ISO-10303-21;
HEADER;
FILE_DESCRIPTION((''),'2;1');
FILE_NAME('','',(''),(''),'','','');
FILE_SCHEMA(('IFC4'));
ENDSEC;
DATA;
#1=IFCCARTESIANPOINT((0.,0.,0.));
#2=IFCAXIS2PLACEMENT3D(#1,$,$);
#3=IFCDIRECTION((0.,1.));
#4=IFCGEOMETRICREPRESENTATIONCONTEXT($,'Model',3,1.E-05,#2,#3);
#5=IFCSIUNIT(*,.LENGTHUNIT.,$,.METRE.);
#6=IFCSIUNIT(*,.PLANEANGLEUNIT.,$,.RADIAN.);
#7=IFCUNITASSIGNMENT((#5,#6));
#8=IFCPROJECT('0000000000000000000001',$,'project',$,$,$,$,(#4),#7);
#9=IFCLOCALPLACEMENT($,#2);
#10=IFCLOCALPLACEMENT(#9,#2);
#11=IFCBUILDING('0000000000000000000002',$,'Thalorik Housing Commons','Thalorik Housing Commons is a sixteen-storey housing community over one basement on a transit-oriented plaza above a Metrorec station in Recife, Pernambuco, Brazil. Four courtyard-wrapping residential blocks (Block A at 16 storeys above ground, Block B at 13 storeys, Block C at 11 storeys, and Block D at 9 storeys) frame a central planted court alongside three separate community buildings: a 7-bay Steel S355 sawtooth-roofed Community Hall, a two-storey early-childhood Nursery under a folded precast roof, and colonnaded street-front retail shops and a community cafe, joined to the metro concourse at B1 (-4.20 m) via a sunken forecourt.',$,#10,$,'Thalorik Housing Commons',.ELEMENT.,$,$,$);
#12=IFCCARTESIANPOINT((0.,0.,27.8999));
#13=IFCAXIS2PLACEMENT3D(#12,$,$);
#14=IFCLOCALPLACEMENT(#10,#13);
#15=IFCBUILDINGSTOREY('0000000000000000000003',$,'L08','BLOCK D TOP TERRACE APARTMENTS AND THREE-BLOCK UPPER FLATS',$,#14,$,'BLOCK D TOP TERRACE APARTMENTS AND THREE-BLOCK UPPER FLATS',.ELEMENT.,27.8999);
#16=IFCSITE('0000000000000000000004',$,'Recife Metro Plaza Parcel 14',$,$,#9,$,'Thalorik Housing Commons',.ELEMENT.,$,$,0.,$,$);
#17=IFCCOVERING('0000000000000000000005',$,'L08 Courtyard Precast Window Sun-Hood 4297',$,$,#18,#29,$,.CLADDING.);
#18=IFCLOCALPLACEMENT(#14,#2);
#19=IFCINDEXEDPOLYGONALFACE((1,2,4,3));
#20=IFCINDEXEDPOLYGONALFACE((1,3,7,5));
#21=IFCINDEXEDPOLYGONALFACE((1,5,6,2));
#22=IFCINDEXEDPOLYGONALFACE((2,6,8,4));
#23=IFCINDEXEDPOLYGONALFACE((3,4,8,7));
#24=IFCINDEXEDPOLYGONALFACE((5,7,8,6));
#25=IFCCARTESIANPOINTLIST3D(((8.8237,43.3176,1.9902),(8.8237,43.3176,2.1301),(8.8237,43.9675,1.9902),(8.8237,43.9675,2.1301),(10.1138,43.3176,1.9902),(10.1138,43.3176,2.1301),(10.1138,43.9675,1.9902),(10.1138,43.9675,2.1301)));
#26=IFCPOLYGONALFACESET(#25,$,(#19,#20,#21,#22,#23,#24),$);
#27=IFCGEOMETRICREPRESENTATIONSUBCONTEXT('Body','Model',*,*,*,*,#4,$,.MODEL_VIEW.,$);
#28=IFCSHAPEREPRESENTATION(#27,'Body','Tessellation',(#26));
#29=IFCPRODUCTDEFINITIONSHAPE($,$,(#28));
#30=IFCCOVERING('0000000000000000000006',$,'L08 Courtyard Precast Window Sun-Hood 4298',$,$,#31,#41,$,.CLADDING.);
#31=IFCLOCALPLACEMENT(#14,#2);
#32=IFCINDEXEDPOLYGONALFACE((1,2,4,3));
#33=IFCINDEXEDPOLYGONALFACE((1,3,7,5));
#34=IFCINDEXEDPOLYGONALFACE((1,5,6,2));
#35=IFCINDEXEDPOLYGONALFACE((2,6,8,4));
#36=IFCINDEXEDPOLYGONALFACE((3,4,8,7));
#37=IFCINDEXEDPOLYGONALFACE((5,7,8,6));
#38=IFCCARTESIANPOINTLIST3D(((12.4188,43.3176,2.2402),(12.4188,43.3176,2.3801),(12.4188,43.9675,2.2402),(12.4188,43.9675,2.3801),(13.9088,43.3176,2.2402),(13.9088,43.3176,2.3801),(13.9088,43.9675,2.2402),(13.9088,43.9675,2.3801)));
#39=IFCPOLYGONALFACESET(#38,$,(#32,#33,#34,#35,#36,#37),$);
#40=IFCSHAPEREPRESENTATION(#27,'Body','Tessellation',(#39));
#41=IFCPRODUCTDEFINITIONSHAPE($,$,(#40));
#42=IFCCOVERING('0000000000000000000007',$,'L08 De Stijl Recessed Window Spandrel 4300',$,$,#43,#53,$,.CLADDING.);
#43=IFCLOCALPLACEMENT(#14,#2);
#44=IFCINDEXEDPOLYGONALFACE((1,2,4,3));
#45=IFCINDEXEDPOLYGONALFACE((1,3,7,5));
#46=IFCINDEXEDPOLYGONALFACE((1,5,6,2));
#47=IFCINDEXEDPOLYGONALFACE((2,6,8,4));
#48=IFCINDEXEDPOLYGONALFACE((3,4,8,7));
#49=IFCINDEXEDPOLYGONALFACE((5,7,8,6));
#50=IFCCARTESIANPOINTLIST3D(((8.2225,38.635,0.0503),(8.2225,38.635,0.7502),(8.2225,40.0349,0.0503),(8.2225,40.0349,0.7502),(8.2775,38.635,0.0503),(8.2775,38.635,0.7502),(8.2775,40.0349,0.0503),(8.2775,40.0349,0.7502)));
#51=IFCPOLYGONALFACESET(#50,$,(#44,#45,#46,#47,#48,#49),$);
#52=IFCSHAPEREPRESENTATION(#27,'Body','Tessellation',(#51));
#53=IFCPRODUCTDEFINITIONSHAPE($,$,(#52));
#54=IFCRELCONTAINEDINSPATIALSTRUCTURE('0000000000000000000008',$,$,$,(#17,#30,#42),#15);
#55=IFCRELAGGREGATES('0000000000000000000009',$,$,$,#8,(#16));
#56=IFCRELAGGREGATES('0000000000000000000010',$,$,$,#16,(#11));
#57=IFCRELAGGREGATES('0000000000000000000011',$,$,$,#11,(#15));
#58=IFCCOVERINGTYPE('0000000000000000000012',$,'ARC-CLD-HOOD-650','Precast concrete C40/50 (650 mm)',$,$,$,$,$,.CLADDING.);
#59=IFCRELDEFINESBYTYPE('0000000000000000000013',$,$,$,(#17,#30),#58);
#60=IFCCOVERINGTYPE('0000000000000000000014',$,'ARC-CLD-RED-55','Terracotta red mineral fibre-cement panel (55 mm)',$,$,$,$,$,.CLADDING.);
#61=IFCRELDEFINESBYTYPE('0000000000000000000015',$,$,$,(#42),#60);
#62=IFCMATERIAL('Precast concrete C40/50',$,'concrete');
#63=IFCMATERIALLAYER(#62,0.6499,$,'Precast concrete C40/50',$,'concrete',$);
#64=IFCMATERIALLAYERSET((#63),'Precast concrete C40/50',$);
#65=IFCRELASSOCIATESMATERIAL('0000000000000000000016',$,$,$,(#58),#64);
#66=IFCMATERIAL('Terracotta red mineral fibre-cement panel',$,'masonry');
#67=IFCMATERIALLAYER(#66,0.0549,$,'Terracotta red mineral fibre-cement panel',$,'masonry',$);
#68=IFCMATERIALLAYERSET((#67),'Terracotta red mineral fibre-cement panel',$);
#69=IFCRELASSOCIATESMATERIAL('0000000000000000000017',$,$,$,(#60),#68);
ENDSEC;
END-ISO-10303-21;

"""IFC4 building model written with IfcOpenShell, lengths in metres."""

from ifc_helpers import new_model, si_unit, direction, frame, origin, origin_2d, place, context, subcontext, project, spatial, rectangle, extrude, material, layer, layer_set, type_object, element, save


model = new_model("IFC4")

# Units and contexts
model_context = context("Model", 3, precision=1e-05, world=origin(), true_north=direction((0.0, 1.0)))
body_context = subcontext(model_context, "Body", "Model", "MODEL_VIEW")
ifc_project = project(units=[si_unit("LENGTHUNIT", "METRE"), si_unit("PLANEANGLEUNIT", "RADIAN")], contexts=[model_context])

# Site, building, storey
site_placement = place(None, origin())
site = spatial("IfcSite", under=ifc_project, at=site_placement, Name="Recife Metro Plaza Parcel 14", LongName="Thalorik Housing Commons", CompositionType="ELEMENT", RefElevation=0.0)
building_placement = place(site_placement, origin())
building = spatial("IfcBuilding", under=site, at=building_placement, Name="Thalorik Housing Commons", Description="Thalorik Housing Commons is a sixteen-storey housing community over one basement on a transit-oriented plaza above a Metrorec station in Recife, Pernambuco, Brazil. Four courtyard-wrapping residential blocks (Block A at 16 storeys above ground, Block B at 13 storeys, Block C at 11 storeys, and Block D at 9 storeys) frame a central planted court alongside three separate community buildings: a 7-bay Steel S355 sawtooth-roofed Community Hall, a two-storey early-childhood Nursery under a folded precast roof, and colonnaded street-front retail shops and a community cafe, joined to the metro concourse at B1 (-4.20 m) via a sunken forecourt.", LongName="Thalorik Housing Commons", CompositionType="ELEMENT")
storey_placement = place(building_placement, frame((0.0, 0.0, 27.8999)))
storey = spatial("IfcBuildingStorey", under=building, at=storey_placement, Name="L08", Description="BLOCK D TOP TERRACE APARTMENTS AND THREE-BLOCK UPPER FLATS", LongName="BLOCK D TOP TERRACE APARTMENTS AND THREE-BLOCK UPPER FLATS", CompositionType="ELEMENT", Elevation=27.8999)

# Shared definitions
ifc_material_1 = material(Name="Precast concrete C40/50", Category="concrete")

# Coverings
ifc_layer_1 = layer(ifc_material_1, 0.6499, Name="Precast concrete C40/50", Category="concrete")
ifc_layer_set_1 = layer_set([ifc_layer_1], Name="Precast concrete C40/50")
covering_type_1 = type_object("IfcCoveringType", Name="ARC-CLD-HOOD-650", Description="Precast concrete C40/50 (650 mm)", PredefinedType="CLADDING", material=ifc_layer_set_1)
covering_1_placement = place(storey_placement, frame((9.4688, 43.6426, 1.9902), z_axis=(0.0, 0.0, 1.0), x_axis=(-1.0, 0.0, 0.0)))
element("IfcCovering", 1, at=covering_1_placement, inside=storey, type_object=covering_type_1, Name="L08 Courtyard Precast Window Sun-Hood 4297", PredefinedType="CLADDING", context=body_context, shape_type="SweptSolid", body=[
    extrude(rectangle(XDim=1.29, YDim=0.6499, at=origin_2d()), origin(), (0.0, 0.0, 1.0), 0.1399),
])
covering_2_placement = place(storey_placement, frame((13.1638, 43.6426, 2.2402), z_axis=(0.0, 0.0, 1.0), x_axis=(-1.0, 0.0, 0.0)))
element("IfcCovering", 2, at=covering_2_placement, inside=storey, type_object=covering_type_1, Name="L08 Courtyard Precast Window Sun-Hood 4298", PredefinedType="CLADDING", context=body_context, shape_type="SweptSolid", body=[
    extrude(rectangle(XDim=1.49, YDim=0.6499, at=origin_2d()), origin(), (0.0, 0.0, 1.0), 0.1399),
])
ifc_material_2 = material(Name="Terracotta red mineral fibre-cement panel", Category="masonry")
ifc_layer_2 = layer(ifc_material_2, 0.0549, Name="Terracotta red mineral fibre-cement panel", Category="masonry")
ifc_layer_set_2 = layer_set([ifc_layer_2], Name="Terracotta red mineral fibre-cement panel")
covering_type_2 = type_object("IfcCoveringType", Name="ARC-CLD-RED-55", Description="Terracotta red mineral fibre-cement panel (55 mm)", PredefinedType="CLADDING", material=ifc_layer_set_2)
covering_3_placement = place(storey_placement, frame((8.25, 39.335, 0.0503), z_axis=(0.0, 0.0, 1.0), x_axis=(0.0, -1.0, 0.0)))
element("IfcCovering", 3, at=covering_3_placement, inside=storey, type_object=covering_type_2, Name="L08 De Stijl Recessed Window Spandrel 4300", PredefinedType="CLADDING", context=body_context, shape_type="SweptSolid", body=[
    extrude(rectangle(XDim=1.3999, YDim=0.0549, at=origin_2d()), origin(), (0.0, 0.0, 1.0), 0.7),
])

save(model, "model.ifc")
